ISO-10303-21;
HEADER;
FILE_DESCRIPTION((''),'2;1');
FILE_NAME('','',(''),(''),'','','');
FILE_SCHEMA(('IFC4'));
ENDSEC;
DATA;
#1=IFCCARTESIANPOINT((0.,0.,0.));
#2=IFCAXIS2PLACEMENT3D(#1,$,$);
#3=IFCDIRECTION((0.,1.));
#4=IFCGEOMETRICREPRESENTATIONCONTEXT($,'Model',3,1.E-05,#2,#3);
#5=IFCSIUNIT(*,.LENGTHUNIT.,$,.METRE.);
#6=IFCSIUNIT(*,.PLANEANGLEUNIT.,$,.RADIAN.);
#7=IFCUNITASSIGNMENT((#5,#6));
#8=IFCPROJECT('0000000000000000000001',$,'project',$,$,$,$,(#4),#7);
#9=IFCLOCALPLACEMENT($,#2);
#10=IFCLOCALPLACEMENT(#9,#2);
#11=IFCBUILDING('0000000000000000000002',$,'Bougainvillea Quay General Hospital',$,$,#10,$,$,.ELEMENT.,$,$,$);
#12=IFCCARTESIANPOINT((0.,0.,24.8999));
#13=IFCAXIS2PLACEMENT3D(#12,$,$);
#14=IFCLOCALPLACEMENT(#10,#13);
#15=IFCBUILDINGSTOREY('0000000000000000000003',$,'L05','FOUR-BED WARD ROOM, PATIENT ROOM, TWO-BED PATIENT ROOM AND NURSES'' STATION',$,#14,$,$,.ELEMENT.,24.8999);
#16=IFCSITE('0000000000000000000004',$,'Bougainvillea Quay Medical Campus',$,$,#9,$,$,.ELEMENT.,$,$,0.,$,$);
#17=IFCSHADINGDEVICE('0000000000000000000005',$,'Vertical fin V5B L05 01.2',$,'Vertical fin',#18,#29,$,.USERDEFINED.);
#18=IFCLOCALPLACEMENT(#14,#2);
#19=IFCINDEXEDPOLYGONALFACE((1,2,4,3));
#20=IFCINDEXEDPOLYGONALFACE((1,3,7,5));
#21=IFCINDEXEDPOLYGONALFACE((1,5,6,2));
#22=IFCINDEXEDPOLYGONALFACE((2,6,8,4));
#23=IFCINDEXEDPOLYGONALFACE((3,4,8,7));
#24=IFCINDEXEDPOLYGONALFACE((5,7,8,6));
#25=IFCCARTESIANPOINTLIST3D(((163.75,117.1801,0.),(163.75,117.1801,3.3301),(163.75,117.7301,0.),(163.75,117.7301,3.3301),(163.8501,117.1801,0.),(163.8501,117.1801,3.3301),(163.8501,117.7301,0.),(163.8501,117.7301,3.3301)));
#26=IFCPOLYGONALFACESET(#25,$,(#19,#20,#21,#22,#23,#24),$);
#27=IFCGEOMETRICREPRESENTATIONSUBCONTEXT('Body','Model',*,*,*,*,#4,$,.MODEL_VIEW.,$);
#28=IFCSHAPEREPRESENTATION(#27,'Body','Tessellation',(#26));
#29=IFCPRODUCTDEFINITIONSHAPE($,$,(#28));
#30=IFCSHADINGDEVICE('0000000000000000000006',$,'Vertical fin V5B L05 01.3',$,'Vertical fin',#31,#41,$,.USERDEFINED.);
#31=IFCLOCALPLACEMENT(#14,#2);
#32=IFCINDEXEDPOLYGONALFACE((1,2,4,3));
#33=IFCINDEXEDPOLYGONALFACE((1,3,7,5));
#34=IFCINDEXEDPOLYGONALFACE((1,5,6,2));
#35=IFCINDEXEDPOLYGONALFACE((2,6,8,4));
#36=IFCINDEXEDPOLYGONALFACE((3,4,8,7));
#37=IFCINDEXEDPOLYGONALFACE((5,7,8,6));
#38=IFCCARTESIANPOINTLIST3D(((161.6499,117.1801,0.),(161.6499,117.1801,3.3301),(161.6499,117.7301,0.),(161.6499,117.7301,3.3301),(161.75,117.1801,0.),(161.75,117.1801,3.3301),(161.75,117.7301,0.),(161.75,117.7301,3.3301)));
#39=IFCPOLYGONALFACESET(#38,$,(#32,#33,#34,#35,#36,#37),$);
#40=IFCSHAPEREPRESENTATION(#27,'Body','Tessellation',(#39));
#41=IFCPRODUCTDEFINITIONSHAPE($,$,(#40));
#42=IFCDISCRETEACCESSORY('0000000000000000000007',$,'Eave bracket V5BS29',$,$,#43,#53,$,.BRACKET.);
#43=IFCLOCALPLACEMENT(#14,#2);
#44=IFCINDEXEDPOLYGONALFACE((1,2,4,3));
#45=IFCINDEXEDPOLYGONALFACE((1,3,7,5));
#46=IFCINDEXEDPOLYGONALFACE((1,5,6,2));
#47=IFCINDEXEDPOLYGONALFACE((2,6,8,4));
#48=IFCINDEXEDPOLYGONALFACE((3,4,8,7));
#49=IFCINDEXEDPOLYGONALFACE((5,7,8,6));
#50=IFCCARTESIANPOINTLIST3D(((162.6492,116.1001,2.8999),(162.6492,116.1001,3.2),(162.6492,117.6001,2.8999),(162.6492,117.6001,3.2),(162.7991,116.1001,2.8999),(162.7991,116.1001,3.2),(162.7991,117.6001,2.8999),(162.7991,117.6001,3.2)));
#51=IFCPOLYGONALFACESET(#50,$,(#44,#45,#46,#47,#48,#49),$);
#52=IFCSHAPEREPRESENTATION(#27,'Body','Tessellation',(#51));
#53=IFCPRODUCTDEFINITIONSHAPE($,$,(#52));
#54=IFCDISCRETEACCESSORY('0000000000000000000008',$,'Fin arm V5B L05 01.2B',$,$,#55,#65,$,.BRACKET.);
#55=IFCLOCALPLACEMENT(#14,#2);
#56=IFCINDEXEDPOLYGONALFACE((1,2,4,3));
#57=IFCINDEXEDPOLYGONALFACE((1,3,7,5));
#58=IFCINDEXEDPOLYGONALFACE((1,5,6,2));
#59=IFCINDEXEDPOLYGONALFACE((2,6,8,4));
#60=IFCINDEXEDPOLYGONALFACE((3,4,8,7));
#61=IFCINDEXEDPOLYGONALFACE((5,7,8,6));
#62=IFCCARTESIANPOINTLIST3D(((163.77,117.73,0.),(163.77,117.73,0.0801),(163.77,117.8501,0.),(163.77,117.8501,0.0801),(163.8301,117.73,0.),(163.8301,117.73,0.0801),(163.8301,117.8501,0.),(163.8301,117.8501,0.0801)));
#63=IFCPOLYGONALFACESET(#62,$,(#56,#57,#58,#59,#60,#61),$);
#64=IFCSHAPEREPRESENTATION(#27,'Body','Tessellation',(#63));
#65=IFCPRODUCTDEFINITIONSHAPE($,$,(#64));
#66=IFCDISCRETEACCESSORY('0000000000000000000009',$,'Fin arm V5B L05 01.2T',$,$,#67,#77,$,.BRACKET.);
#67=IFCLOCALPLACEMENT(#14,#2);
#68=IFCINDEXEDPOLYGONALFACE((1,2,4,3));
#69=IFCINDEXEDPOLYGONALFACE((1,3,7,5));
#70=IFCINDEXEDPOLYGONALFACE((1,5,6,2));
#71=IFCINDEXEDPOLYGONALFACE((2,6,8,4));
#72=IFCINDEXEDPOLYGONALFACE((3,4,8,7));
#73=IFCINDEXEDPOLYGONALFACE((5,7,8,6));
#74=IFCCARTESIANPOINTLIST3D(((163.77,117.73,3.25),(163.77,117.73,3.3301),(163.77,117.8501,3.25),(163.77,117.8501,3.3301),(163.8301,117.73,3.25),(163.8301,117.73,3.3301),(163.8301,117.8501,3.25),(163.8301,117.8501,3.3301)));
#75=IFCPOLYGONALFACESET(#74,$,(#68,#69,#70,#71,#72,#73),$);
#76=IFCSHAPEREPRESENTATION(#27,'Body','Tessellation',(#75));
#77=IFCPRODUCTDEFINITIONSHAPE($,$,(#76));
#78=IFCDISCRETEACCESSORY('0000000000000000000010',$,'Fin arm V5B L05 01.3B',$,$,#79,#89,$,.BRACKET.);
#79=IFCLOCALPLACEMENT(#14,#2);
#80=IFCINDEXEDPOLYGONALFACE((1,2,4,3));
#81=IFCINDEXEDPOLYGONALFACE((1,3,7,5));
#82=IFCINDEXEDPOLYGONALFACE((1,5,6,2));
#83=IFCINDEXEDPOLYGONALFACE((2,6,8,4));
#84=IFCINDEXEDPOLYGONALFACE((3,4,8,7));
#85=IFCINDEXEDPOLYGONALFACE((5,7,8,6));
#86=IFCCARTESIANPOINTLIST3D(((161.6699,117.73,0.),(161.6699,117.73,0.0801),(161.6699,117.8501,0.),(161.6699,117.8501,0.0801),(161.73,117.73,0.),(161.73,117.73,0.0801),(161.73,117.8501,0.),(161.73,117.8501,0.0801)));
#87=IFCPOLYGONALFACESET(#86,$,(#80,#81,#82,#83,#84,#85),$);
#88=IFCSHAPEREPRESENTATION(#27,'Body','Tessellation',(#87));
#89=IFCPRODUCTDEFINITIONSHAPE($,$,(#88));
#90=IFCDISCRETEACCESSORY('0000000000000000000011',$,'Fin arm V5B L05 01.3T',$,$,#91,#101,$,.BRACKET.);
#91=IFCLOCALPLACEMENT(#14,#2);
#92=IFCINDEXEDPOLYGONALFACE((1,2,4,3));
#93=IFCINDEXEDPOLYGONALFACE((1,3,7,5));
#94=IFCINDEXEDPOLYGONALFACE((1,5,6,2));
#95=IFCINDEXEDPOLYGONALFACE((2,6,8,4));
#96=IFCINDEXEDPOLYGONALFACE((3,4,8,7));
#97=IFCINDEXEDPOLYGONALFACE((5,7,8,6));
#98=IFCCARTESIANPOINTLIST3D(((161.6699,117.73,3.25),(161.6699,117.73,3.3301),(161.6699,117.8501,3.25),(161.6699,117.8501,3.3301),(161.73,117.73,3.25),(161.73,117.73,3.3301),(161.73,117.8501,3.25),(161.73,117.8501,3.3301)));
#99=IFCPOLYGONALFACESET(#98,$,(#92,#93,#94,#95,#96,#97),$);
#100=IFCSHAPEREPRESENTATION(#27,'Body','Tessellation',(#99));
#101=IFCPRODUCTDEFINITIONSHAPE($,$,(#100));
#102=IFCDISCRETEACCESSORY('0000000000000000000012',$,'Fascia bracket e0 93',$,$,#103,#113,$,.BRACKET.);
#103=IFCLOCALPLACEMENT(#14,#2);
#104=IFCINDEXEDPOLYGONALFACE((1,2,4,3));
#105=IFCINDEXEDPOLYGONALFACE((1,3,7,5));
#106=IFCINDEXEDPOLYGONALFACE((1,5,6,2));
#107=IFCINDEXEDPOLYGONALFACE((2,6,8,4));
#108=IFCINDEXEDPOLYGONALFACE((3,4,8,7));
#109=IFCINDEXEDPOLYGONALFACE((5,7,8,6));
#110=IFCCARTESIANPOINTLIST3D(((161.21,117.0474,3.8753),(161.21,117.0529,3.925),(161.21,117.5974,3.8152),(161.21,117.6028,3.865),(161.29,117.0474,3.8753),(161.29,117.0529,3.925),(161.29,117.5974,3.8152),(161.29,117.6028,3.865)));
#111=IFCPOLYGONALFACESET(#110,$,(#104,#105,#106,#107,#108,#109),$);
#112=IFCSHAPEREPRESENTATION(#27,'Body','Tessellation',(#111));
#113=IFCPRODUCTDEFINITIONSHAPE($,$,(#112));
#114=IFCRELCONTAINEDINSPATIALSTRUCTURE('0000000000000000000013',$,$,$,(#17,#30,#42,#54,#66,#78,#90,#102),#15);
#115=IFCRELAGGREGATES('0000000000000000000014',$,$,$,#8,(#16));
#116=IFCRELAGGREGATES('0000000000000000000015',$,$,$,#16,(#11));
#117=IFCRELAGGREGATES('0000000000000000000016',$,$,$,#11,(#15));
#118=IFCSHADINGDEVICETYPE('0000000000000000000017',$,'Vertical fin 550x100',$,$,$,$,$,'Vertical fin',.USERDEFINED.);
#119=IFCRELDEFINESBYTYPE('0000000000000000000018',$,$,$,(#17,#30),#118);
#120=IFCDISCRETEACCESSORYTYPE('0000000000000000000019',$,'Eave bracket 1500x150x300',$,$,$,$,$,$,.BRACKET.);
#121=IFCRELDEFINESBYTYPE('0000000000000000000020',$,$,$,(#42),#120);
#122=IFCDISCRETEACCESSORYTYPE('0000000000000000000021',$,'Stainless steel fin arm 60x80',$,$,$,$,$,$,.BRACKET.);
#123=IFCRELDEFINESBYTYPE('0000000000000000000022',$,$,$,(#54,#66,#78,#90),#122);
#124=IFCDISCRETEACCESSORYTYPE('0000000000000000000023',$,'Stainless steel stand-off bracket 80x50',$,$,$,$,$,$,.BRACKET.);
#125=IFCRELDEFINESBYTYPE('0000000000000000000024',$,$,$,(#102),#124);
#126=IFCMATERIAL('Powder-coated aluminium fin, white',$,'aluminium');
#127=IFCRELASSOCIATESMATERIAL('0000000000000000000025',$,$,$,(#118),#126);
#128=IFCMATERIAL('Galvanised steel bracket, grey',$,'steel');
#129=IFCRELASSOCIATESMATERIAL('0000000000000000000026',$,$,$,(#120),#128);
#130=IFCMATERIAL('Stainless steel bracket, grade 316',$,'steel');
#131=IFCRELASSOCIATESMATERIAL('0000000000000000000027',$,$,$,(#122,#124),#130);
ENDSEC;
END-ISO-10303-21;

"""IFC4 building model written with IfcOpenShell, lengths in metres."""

from ifc_helpers import new_model, si_unit, direction, frame, origin, origin_2d, place, context, subcontext, project, spatial, rectangle, extrude, material, material_profile, profile_set, type_object, element, save


model = new_model("IFC4")

# Units and contexts
model_context = context("Model", 3, precision=1e-05, world=origin(), true_north=direction((0.0, 1.0)))
body_context = subcontext(model_context, "Body", "Model", "MODEL_VIEW")
ifc_project = project(units=[si_unit("LENGTHUNIT", "METRE"), si_unit("PLANEANGLEUNIT", "RADIAN")], contexts=[model_context])

# Site, building, storey
site_placement = place(None, origin())
site = spatial("IfcSite", under=ifc_project, at=site_placement, Name="Bougainvillea Quay Medical Campus", CompositionType="ELEMENT", RefElevation=0.0)
building_placement = place(site_placement, origin())
building = spatial("IfcBuilding", under=site, at=building_placement, Name="Bougainvillea Quay General Hospital", CompositionType="ELEMENT")
storey_placement = place(building_placement, frame((0.0, 0.0, 24.8999)))
storey = spatial("IfcBuildingStorey", under=building, at=storey_placement, Name="L05", Description="FOUR-BED WARD ROOM, PATIENT ROOM, TWO-BED PATIENT ROOM AND NURSES' STATION", CompositionType="ELEMENT", Elevation=24.8999)

# Shading devices
ifc_material_1 = material(Name="Powder-coated aluminium fin, white", Category="aluminium")
ifc_material_profile_1 = material_profile(ifc_material_1, rectangle(XDim=0.55, YDim=0.1001, at=origin_2d()))
ifc_profile_set_1 = profile_set([ifc_material_profile_1], Name="Powder-coated aluminium fin, white")
shading_device_type = type_object("IfcShadingDeviceType", Name="Vertical fin 550x100", ElementType="Vertical fin", PredefinedType="USERDEFINED", material=ifc_profile_set_1)
for number, where, z_axis, x_axis, name in (
    (1, (163.8, 117.4551, 0.0), (0.0, 0.0, 1.0), (0.0, -1.0, 0.0), "Vertical fin V5B L05 01.2"),
    (2, (161.7, 117.4551, 0.0), (0.0, 0.0, 1.0), (0.0, -1.0, 0.0), "Vertical fin V5B L05 01.3"),
):
    element("IfcShadingDevice", number, at=place(storey_placement, frame(where, z_axis=z_axis, x_axis=x_axis)), inside=storey, type_object=shading_device_type, Name=name, ObjectType="Vertical fin", PredefinedType="USERDEFINED", context=body_context, shape_type="SweptSolid", body=[
        extrude(rectangle(XDim=0.55, YDim=0.1001, at=origin_2d()), origin(), (0.0, 0.0, 1.0), 3.3301),
    ])

# Discrete accessories
ifc_material_2 = material(Name="Galvanised steel bracket, grey", Category="steel")
discrete_accessory_type_1 = type_object("IfcDiscreteAccessoryType", Name="Eave bracket 1500x150x300", PredefinedType="BRACKET", material=ifc_material_2)
discrete_accessory_1_placement = place(storey_placement, frame((162.7241, 116.8501, 2.8999), z_axis=(0.0, 0.0, 1.0), x_axis=(1.0, 0.0, 0.0)))
element("IfcDiscreteAccessory", 3, at=discrete_accessory_1_placement, inside=storey, type_object=discrete_accessory_type_1, Name="Eave bracket V5BS29", PredefinedType="BRACKET", context=body_context, shape_type="SweptSolid", body=[
    extrude(rectangle(XDim=0.1499, YDim=1.5, at=origin_2d()), origin(), (0.0, 0.0, 1.0), 0.3),
])
ifc_material_3 = material(Name="Stainless steel bracket, grade 316", Category="steel")
discrete_accessory_type_2 = type_object("IfcDiscreteAccessoryType", Name="Stainless steel fin arm 60x80", PredefinedType="BRACKET", material=ifc_material_3)
for number, where, z_axis, x_axis, name in (
    (4, (163.8, 117.79, 0.0), (0.0, 0.0, 1.0), (0.0, -1.0, 0.0), "Fin arm V5B L05 01.2B"),
    (5, (163.8, 117.79, 3.25), (0.0, 0.0, 1.0), (0.0, -1.0, 0.0), "Fin arm V5B L05 01.2T"),
    (6, (161.7, 117.79, 0.0), (0.0, 0.0, 1.0), (0.0, -1.0, 0.0), "Fin arm V5B L05 01.3B"),
    (7, (161.7, 117.79, 3.25), (0.0, 0.0, 1.0), (0.0, -1.0, 0.0), "Fin arm V5B L05 01.3T"),
):
    element("IfcDiscreteAccessory", number, at=place(storey_placement, frame(where, z_axis=z_axis, x_axis=x_axis)), inside=storey, type_object=discrete_accessory_type_2, Name=name, PredefinedType="BRACKET", context=body_context, shape_type="SweptSolid", body=[
        extrude(rectangle(XDim=0.1201, YDim=0.0601, at=origin_2d()), origin(), (0.0, 0.0, 1.0), 0.0801),
    ])
ifc_material_profile_2 = material_profile(ifc_material_3, rectangle(XDim=0.0801, YDim=0.05, at=origin_2d()))
ifc_profile_set_2 = profile_set([ifc_material_profile_2], Name="Stainless steel bracket, grade 316")
discrete_accessory_type_3 = type_object("IfcDiscreteAccessoryType", Name="Stainless steel stand-off bracket 80x50", PredefinedType="BRACKET", material=ifc_profile_set_2)
discrete_accessory_2_placement = place(storey_placement, frame((161.25, 117.6001, 3.8401), z_axis=(0.0, -0.994092, 0.108543), x_axis=(1.0, 0.0, 0.0)))
element("IfcDiscreteAccessory", 8, at=discrete_accessory_2_placement, inside=storey, type_object=discrete_accessory_type_3, Name="Fascia bracket e0 93", PredefinedType="BRACKET", context=body_context, shape_type="SweptSolid", body=[
    extrude(rectangle(XDim=0.0801, YDim=0.05, at=origin_2d()), origin(), (0.0, 0.0, 1.0), 0.5532),
])

save(model, "model.ifc")
